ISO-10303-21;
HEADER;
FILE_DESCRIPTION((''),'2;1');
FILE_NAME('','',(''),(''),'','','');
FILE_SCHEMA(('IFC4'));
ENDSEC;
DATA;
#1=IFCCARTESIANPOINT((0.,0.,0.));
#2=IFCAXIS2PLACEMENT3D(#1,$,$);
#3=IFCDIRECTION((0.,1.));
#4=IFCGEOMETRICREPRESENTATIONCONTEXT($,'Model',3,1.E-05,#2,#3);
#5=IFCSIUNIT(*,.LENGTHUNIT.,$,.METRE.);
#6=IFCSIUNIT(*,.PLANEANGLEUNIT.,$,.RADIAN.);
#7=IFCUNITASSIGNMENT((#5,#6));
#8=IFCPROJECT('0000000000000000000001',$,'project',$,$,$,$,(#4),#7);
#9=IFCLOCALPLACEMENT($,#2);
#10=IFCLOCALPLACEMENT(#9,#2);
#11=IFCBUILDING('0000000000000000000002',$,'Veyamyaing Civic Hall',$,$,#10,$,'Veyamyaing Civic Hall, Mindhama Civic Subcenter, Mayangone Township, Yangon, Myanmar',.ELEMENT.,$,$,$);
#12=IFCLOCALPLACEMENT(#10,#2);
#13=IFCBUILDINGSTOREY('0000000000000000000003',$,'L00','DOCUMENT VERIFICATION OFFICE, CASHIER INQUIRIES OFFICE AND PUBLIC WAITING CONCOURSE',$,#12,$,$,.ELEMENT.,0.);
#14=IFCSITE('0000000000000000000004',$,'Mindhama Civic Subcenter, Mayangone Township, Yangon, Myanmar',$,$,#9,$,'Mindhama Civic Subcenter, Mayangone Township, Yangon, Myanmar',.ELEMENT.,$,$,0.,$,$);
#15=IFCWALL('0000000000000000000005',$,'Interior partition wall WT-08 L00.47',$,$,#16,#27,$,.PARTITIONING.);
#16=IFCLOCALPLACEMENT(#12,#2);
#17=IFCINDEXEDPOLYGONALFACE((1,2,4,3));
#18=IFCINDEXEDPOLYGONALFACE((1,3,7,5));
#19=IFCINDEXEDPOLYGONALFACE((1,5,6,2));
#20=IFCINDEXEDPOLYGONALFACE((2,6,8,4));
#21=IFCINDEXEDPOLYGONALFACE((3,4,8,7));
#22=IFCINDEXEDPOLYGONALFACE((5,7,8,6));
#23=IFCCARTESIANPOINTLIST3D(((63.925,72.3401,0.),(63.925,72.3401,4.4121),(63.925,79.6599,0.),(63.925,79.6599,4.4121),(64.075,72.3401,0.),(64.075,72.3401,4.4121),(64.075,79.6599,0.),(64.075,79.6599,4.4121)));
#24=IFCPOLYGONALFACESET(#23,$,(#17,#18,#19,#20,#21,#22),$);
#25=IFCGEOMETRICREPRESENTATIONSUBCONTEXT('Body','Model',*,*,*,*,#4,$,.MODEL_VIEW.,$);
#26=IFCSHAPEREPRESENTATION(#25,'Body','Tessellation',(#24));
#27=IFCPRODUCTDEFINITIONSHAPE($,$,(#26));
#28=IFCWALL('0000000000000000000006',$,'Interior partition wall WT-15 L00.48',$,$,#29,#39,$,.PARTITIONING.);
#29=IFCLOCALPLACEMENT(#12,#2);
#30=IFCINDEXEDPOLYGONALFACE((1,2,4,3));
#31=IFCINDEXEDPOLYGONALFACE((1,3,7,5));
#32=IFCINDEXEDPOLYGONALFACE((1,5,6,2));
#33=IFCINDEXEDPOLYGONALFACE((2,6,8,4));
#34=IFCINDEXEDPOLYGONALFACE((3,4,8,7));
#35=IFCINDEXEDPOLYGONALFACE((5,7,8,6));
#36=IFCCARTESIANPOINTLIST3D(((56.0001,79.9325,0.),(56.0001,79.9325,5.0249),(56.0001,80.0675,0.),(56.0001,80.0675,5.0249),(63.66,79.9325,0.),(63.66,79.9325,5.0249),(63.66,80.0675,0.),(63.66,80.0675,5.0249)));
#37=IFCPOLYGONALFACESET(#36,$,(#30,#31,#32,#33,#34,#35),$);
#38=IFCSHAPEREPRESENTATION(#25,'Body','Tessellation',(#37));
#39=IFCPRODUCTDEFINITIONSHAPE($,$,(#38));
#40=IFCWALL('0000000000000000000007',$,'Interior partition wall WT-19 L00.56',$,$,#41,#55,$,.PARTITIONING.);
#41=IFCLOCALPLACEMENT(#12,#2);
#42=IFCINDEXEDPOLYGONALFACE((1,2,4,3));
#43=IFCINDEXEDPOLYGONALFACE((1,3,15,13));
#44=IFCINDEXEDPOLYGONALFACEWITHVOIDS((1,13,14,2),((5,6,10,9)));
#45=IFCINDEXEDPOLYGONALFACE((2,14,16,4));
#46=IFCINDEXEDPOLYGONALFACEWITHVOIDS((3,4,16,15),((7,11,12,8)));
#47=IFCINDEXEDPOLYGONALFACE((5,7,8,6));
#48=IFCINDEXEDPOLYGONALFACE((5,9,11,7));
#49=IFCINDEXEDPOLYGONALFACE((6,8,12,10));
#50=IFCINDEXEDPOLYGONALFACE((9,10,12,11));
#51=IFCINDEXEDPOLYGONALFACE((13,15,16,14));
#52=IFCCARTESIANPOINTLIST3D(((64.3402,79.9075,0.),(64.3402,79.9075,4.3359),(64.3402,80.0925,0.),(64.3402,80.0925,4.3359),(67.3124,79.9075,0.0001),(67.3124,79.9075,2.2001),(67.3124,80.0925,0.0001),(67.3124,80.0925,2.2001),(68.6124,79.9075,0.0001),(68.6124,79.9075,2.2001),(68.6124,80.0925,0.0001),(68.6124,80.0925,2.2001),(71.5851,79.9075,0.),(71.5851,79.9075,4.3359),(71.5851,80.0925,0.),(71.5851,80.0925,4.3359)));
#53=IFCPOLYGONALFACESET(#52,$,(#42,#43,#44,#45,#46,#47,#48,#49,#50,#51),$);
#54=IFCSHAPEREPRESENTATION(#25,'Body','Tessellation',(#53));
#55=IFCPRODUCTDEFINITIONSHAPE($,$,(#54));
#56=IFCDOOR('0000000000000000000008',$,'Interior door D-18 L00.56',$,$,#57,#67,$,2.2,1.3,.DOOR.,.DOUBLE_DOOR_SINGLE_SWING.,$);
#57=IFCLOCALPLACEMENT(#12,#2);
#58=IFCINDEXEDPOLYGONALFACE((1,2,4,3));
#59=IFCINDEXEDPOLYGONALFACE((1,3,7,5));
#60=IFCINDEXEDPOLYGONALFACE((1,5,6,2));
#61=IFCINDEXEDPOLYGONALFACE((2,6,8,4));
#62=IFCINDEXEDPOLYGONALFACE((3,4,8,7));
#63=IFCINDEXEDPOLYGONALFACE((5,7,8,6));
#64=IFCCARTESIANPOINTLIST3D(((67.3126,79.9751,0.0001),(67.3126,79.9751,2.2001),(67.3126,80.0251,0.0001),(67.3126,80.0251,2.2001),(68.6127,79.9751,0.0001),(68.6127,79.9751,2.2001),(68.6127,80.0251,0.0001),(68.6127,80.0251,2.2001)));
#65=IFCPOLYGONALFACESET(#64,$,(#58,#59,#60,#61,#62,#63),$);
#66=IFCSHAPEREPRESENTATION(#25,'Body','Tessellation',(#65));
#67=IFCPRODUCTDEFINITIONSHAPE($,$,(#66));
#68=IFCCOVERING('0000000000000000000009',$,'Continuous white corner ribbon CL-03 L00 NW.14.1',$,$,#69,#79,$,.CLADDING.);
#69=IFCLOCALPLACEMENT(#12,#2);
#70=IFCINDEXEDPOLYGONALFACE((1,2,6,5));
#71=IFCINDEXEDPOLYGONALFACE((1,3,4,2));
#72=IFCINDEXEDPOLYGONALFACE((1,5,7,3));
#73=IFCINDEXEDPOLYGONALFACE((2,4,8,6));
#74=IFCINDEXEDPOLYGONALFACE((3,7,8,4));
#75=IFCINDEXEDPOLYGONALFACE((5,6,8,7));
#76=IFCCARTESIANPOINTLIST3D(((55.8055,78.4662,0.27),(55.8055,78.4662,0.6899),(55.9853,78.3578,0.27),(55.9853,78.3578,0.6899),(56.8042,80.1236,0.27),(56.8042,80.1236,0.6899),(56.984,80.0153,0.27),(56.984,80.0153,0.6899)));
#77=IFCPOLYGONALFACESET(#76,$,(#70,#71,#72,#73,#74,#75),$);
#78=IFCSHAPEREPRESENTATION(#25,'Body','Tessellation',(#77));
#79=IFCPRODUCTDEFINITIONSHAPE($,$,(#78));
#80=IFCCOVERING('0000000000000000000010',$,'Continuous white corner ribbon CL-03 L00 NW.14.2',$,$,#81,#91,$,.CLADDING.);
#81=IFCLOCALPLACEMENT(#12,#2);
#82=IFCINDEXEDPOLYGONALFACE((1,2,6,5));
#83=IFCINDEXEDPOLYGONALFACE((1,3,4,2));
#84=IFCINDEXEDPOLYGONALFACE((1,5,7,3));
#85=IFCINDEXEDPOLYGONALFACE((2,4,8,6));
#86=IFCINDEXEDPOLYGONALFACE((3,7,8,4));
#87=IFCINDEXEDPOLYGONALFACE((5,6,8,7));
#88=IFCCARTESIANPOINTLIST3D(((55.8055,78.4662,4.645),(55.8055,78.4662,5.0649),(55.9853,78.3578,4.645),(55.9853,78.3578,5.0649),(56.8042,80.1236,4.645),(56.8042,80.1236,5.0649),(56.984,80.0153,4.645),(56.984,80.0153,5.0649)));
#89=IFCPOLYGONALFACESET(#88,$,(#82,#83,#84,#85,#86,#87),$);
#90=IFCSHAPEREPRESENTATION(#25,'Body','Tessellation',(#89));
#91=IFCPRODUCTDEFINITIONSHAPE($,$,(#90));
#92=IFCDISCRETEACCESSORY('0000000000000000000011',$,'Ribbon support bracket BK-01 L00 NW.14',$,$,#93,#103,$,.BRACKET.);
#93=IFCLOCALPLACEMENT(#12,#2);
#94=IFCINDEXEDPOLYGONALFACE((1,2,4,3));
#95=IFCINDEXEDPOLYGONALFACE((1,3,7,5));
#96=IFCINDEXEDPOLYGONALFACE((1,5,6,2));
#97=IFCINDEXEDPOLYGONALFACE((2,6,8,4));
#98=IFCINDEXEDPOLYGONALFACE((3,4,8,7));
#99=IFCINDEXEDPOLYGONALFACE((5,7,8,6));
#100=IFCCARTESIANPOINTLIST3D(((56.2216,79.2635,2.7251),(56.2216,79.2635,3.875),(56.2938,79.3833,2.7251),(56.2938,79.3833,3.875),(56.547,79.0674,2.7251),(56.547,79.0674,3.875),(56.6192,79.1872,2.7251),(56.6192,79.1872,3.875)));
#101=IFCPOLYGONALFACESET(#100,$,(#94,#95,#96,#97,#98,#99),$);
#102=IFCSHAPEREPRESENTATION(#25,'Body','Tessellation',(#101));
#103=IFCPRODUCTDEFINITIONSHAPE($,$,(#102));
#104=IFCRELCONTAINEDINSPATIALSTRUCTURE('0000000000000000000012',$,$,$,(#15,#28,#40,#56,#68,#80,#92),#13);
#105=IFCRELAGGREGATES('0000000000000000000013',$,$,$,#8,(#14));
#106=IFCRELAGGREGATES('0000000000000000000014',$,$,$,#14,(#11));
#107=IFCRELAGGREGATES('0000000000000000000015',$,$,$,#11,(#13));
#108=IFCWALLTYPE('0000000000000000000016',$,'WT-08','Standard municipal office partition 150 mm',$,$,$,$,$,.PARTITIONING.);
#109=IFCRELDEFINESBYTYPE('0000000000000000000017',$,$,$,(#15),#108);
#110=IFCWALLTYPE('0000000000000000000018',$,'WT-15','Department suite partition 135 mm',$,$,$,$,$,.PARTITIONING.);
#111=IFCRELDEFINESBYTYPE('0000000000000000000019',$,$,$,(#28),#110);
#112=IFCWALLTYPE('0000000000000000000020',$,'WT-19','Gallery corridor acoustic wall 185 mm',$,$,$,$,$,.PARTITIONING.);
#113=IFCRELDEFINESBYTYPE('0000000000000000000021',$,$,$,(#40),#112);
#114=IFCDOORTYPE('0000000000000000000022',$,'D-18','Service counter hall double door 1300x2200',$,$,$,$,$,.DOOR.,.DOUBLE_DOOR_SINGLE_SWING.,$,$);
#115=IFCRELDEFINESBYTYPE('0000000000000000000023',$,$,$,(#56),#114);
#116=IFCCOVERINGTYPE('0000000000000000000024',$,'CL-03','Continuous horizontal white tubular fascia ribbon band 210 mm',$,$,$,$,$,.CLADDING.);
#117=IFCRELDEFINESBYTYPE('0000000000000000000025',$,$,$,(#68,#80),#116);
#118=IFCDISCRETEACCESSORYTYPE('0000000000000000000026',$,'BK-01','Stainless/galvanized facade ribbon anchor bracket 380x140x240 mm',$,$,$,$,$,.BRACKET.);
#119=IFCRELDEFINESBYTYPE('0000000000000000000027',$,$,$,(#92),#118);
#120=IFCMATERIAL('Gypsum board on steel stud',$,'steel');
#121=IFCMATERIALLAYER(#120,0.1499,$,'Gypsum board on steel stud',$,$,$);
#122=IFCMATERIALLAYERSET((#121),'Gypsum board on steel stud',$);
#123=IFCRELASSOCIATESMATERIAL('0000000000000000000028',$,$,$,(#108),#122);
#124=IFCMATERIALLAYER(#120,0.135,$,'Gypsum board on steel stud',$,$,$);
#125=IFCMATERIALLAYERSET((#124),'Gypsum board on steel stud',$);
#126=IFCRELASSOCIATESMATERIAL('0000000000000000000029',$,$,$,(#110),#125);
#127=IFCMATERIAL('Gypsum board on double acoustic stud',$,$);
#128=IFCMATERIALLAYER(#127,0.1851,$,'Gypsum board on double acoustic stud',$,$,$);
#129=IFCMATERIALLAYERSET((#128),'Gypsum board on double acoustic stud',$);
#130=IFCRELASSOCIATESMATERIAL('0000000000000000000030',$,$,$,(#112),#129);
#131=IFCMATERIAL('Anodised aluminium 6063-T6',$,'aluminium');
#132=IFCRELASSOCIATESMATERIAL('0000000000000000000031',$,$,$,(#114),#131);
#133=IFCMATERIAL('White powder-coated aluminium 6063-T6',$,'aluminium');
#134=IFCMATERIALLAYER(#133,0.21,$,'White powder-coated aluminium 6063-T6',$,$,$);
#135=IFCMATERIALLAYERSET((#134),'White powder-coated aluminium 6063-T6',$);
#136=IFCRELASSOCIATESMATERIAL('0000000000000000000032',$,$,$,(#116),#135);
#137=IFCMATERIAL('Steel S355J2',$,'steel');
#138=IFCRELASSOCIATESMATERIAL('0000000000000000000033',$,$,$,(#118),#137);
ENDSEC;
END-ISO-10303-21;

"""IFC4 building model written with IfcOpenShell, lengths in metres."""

from ifc_helpers import new_model, si_unit, direction, frame, frame_2d, origin, origin_2d, place, context, subcontext, project, spatial, rectangle, extrude, material, layer, layer_set, type_object, element, fill, save


model = new_model("IFC4")

# Units and contexts
model_context = context("Model", 3, precision=1e-05, world=origin(), true_north=direction((0.0, 1.0)))
body_context = subcontext(model_context, "Body", "Model", "MODEL_VIEW")
ifc_project = project(units=[si_unit("LENGTHUNIT", "METRE"), si_unit("PLANEANGLEUNIT", "RADIAN")], contexts=[model_context])

# Site, building, storey
site_placement = place(None, origin())
site = spatial("IfcSite", under=ifc_project, at=site_placement, Name="Mindhama Civic Subcenter, Mayangone Township, Yangon, Myanmar", LongName="Mindhama Civic Subcenter, Mayangone Township, Yangon, Myanmar", CompositionType="ELEMENT", RefElevation=0.0)
building_placement = place(site_placement, origin())
building = spatial("IfcBuilding", under=site, at=building_placement, Name="Veyamyaing Civic Hall", LongName="Veyamyaing Civic Hall, Mindhama Civic Subcenter, Mayangone Township, Yangon, Myanmar", CompositionType="ELEMENT")
storey_placement = place(building_placement, origin())
storey = spatial("IfcBuildingStorey", under=building, at=storey_placement, Name="L00", Description="DOCUMENT VERIFICATION OFFICE, CASHIER INQUIRIES OFFICE AND PUBLIC WAITING CONCOURSE", CompositionType="ELEMENT", Elevation=0.0)

# Walls
ifc_material_1 = material(Name="Gypsum board on steel stud", Category="steel")
ifc_layer_1 = layer(ifc_material_1, 0.1499, Name="Gypsum board on steel stud")
ifc_layer_set_1 = layer_set([ifc_layer_1], Name="Gypsum board on steel stud")
wall_type_1 = type_object("IfcWallType", Name="WT-08", Description="Standard municipal office partition 150 mm", PredefinedType="PARTITIONING", material=ifc_layer_set_1)
wall_1_placement = place(storey_placement, frame((64.0, 72.3401, 0.0), z_axis=(0.0, 0.0, 1.0), x_axis=(0.0, 1.0, 0.0)))
element("IfcWall", 1, at=wall_1_placement, inside=storey, type_object=wall_type_1, Name="Interior partition wall WT-08 L00.47", PredefinedType="PARTITIONING", context=body_context, shape_type="SweptSolid", body=[
    extrude(rectangle(XDim=7.3198, YDim=0.1499, at=frame_2d((3.6599, 0.0))), origin(), (0.0, 0.0, 1.0), 4.4121),
])
ifc_layer_2 = layer(ifc_material_1, 0.135, Name="Gypsum board on steel stud")
ifc_layer_set_2 = layer_set([ifc_layer_2], Name="Gypsum board on steel stud")
wall_type_2 = type_object("IfcWallType", Name="WT-15", Description="Department suite partition 135 mm", PredefinedType="PARTITIONING", material=ifc_layer_set_2)
wall_2_placement = place(storey_placement, frame((56.0, 80.0, 0.0), z_axis=(0.0, 0.0, 1.0), x_axis=(1.0, 0.0, 0.0)))
element("IfcWall", 2, at=wall_2_placement, inside=storey, type_object=wall_type_2, Name="Interior partition wall WT-15 L00.48", PredefinedType="PARTITIONING", context=body_context, shape_type="SweptSolid", body=[
    extrude(rectangle(XDim=7.6599, YDim=0.135, at=frame_2d((3.8301, 0.0))), origin(), (0.0, 0.0, 1.0), 5.0249),
])

# Wall, opening, door
ifc_material_2 = material(Name="Gypsum board on double acoustic stud")
ifc_layer_3 = layer(ifc_material_2, 0.1851, Name="Gypsum board on double acoustic stud")
ifc_layer_set_3 = layer_set([ifc_layer_3], Name="Gypsum board on double acoustic stud")
wall_type_3 = type_object("IfcWallType", Name="WT-19", Description="Gallery corridor acoustic wall 185 mm", PredefinedType="PARTITIONING", material=ifc_layer_set_3)
wall_3_placement = place(storey_placement, frame((64.3401, 80.0, 0.0), z_axis=(0.0, 0.0, 1.0), x_axis=(1.0, 0.0, 0.0)))
wall_3 = element("IfcWall", 3, at=wall_3_placement, inside=storey, type_object=wall_type_3, Name="Interior partition wall WT-19 L00.56", PredefinedType="PARTITIONING", context=body_context, shape_type="SweptSolid", body=[
    extrude(rectangle(XDim=7.2449, YDim=0.1851, at=frame_2d((3.6226, 0.0))), origin(), (0.0, 0.0, 1.0), 4.3359),
])
opening_1_placement = place(wall_3_placement, frame((2.9724, 0.0, 0.0)))
opening_1 = element("IfcOpeningElement", 4, at=opening_1_placement, cuts=wall_3, PredefinedType="OPENING", context=body_context, shape_type="SweptSolid", body=[
    extrude(rectangle(XDim=1.3, YDim=2.2, at=frame_2d((0.6499, 1.1001))), frame((0.0, 0.1025, 0.0), z_axis=(0.0, -1.0, 0.0), x_axis=(1.0, 0.0, 0.0)), (0.0, 0.0, 1.0), 0.2051),
])
ifc_material_3 = material(Name="Anodised aluminium 6063-T6", Category="aluminium")
door_type_1 = type_object("IfcDoorType", Name="D-18", Description="Service counter hall double door 1300x2200", OperationType="DOUBLE_DOOR_SINGLE_SWING", PredefinedType="DOOR", material=ifc_material_3)
door_1_placement = place(opening_1_placement, frame((1.3, 0.0, 0.0), z_axis=(0.0, 0.0, 1.0), x_axis=(-1.0, 0.0, 0.0)))
door_1 = element("IfcDoor", 5, at=door_1_placement, inside=storey, type_object=door_type_1, Name="Interior door D-18 L00.56", OperationType="DOUBLE_DOOR_SINGLE_SWING", OverallHeight=2.2, OverallWidth=1.3, PredefinedType="DOOR", context=body_context, shape_type="SweptSolid", body=[
    extrude(rectangle(XDim=1.3, YDim=2.2, at=frame_2d((0.6499, 1.1001))), frame((0.0, 0.0249, 0.0), z_axis=(0.0, -1.0, 0.0), x_axis=(1.0, 0.0, 0.0)), (0.0, 0.0, 1.0), 0.05),
])
fill(opening_1, door_1)

# Coverings
ifc_material_4 = material(Name="White powder-coated aluminium 6063-T6", Category="aluminium")
ifc_layer_4 = layer(ifc_material_4, 0.21, Name="White powder-coated aluminium 6063-T6")
ifc_layer_set_4 = layer_set([ifc_layer_4], Name="White powder-coated aluminium 6063-T6")
covering_type = type_object("IfcCoveringType", Name="CL-03", Description="Continuous horizontal white tubular fascia ribbon band 210 mm", PredefinedType="CLADDING", material=ifc_layer_set_4)
for number, where, z_axis, x_axis, name in (
    (6, (56.3948, 79.2407, 0.27), (0.0, 0.0, 1.0), (-0.516107, -0.856524, 0.0), "Continuous white corner ribbon CL-03 L00 NW.14.1"),
    (7, (56.3948, 79.2407, 4.645), (0.0, 0.0, 1.0), (-0.516107, -0.856524, 0.0), "Continuous white corner ribbon CL-03 L00 NW.14.2"),
):
    element("IfcCovering", number, at=place(storey_placement, frame(where, z_axis=z_axis, x_axis=x_axis)), inside=storey, type_object=covering_type, Name=name, PredefinedType="CLADDING", context=body_context, shape_type="SweptSolid", body=[
        extrude(rectangle(XDim=1.9351, YDim=0.21, at=origin_2d()), origin(), (0.0, 0.0, 1.0), 0.4199),
    ])

# Discrete accessory
ifc_material_5 = material(Name="Steel S355J2", Category="steel")
discrete_accessory_type = type_object("IfcDiscreteAccessoryType", Name="BK-01", Description="Stainless/galvanized facade ribbon anchor bracket 380x140x240 mm", PredefinedType="BRACKET", material=ifc_material_5)
discrete_accessory_placement = place(storey_placement, frame((56.4204, 79.2253, 2.7251), z_axis=(0.0, 0.0, 1.0), x_axis=(-0.856525, 0.516106, 0.0)))
element("IfcDiscreteAccessory", 8, at=discrete_accessory_placement, inside=storey, type_object=discrete_accessory_type, Name="Ribbon support bracket BK-01 L00 NW.14", PredefinedType="BRACKET", context=body_context, shape_type="SweptSolid", body=[
    extrude(rectangle(XDim=0.3799, YDim=0.1399, at=origin_2d()), origin(), (0.0, 0.0, 1.0), 1.1499),
])

save(model, "model.ifc")
